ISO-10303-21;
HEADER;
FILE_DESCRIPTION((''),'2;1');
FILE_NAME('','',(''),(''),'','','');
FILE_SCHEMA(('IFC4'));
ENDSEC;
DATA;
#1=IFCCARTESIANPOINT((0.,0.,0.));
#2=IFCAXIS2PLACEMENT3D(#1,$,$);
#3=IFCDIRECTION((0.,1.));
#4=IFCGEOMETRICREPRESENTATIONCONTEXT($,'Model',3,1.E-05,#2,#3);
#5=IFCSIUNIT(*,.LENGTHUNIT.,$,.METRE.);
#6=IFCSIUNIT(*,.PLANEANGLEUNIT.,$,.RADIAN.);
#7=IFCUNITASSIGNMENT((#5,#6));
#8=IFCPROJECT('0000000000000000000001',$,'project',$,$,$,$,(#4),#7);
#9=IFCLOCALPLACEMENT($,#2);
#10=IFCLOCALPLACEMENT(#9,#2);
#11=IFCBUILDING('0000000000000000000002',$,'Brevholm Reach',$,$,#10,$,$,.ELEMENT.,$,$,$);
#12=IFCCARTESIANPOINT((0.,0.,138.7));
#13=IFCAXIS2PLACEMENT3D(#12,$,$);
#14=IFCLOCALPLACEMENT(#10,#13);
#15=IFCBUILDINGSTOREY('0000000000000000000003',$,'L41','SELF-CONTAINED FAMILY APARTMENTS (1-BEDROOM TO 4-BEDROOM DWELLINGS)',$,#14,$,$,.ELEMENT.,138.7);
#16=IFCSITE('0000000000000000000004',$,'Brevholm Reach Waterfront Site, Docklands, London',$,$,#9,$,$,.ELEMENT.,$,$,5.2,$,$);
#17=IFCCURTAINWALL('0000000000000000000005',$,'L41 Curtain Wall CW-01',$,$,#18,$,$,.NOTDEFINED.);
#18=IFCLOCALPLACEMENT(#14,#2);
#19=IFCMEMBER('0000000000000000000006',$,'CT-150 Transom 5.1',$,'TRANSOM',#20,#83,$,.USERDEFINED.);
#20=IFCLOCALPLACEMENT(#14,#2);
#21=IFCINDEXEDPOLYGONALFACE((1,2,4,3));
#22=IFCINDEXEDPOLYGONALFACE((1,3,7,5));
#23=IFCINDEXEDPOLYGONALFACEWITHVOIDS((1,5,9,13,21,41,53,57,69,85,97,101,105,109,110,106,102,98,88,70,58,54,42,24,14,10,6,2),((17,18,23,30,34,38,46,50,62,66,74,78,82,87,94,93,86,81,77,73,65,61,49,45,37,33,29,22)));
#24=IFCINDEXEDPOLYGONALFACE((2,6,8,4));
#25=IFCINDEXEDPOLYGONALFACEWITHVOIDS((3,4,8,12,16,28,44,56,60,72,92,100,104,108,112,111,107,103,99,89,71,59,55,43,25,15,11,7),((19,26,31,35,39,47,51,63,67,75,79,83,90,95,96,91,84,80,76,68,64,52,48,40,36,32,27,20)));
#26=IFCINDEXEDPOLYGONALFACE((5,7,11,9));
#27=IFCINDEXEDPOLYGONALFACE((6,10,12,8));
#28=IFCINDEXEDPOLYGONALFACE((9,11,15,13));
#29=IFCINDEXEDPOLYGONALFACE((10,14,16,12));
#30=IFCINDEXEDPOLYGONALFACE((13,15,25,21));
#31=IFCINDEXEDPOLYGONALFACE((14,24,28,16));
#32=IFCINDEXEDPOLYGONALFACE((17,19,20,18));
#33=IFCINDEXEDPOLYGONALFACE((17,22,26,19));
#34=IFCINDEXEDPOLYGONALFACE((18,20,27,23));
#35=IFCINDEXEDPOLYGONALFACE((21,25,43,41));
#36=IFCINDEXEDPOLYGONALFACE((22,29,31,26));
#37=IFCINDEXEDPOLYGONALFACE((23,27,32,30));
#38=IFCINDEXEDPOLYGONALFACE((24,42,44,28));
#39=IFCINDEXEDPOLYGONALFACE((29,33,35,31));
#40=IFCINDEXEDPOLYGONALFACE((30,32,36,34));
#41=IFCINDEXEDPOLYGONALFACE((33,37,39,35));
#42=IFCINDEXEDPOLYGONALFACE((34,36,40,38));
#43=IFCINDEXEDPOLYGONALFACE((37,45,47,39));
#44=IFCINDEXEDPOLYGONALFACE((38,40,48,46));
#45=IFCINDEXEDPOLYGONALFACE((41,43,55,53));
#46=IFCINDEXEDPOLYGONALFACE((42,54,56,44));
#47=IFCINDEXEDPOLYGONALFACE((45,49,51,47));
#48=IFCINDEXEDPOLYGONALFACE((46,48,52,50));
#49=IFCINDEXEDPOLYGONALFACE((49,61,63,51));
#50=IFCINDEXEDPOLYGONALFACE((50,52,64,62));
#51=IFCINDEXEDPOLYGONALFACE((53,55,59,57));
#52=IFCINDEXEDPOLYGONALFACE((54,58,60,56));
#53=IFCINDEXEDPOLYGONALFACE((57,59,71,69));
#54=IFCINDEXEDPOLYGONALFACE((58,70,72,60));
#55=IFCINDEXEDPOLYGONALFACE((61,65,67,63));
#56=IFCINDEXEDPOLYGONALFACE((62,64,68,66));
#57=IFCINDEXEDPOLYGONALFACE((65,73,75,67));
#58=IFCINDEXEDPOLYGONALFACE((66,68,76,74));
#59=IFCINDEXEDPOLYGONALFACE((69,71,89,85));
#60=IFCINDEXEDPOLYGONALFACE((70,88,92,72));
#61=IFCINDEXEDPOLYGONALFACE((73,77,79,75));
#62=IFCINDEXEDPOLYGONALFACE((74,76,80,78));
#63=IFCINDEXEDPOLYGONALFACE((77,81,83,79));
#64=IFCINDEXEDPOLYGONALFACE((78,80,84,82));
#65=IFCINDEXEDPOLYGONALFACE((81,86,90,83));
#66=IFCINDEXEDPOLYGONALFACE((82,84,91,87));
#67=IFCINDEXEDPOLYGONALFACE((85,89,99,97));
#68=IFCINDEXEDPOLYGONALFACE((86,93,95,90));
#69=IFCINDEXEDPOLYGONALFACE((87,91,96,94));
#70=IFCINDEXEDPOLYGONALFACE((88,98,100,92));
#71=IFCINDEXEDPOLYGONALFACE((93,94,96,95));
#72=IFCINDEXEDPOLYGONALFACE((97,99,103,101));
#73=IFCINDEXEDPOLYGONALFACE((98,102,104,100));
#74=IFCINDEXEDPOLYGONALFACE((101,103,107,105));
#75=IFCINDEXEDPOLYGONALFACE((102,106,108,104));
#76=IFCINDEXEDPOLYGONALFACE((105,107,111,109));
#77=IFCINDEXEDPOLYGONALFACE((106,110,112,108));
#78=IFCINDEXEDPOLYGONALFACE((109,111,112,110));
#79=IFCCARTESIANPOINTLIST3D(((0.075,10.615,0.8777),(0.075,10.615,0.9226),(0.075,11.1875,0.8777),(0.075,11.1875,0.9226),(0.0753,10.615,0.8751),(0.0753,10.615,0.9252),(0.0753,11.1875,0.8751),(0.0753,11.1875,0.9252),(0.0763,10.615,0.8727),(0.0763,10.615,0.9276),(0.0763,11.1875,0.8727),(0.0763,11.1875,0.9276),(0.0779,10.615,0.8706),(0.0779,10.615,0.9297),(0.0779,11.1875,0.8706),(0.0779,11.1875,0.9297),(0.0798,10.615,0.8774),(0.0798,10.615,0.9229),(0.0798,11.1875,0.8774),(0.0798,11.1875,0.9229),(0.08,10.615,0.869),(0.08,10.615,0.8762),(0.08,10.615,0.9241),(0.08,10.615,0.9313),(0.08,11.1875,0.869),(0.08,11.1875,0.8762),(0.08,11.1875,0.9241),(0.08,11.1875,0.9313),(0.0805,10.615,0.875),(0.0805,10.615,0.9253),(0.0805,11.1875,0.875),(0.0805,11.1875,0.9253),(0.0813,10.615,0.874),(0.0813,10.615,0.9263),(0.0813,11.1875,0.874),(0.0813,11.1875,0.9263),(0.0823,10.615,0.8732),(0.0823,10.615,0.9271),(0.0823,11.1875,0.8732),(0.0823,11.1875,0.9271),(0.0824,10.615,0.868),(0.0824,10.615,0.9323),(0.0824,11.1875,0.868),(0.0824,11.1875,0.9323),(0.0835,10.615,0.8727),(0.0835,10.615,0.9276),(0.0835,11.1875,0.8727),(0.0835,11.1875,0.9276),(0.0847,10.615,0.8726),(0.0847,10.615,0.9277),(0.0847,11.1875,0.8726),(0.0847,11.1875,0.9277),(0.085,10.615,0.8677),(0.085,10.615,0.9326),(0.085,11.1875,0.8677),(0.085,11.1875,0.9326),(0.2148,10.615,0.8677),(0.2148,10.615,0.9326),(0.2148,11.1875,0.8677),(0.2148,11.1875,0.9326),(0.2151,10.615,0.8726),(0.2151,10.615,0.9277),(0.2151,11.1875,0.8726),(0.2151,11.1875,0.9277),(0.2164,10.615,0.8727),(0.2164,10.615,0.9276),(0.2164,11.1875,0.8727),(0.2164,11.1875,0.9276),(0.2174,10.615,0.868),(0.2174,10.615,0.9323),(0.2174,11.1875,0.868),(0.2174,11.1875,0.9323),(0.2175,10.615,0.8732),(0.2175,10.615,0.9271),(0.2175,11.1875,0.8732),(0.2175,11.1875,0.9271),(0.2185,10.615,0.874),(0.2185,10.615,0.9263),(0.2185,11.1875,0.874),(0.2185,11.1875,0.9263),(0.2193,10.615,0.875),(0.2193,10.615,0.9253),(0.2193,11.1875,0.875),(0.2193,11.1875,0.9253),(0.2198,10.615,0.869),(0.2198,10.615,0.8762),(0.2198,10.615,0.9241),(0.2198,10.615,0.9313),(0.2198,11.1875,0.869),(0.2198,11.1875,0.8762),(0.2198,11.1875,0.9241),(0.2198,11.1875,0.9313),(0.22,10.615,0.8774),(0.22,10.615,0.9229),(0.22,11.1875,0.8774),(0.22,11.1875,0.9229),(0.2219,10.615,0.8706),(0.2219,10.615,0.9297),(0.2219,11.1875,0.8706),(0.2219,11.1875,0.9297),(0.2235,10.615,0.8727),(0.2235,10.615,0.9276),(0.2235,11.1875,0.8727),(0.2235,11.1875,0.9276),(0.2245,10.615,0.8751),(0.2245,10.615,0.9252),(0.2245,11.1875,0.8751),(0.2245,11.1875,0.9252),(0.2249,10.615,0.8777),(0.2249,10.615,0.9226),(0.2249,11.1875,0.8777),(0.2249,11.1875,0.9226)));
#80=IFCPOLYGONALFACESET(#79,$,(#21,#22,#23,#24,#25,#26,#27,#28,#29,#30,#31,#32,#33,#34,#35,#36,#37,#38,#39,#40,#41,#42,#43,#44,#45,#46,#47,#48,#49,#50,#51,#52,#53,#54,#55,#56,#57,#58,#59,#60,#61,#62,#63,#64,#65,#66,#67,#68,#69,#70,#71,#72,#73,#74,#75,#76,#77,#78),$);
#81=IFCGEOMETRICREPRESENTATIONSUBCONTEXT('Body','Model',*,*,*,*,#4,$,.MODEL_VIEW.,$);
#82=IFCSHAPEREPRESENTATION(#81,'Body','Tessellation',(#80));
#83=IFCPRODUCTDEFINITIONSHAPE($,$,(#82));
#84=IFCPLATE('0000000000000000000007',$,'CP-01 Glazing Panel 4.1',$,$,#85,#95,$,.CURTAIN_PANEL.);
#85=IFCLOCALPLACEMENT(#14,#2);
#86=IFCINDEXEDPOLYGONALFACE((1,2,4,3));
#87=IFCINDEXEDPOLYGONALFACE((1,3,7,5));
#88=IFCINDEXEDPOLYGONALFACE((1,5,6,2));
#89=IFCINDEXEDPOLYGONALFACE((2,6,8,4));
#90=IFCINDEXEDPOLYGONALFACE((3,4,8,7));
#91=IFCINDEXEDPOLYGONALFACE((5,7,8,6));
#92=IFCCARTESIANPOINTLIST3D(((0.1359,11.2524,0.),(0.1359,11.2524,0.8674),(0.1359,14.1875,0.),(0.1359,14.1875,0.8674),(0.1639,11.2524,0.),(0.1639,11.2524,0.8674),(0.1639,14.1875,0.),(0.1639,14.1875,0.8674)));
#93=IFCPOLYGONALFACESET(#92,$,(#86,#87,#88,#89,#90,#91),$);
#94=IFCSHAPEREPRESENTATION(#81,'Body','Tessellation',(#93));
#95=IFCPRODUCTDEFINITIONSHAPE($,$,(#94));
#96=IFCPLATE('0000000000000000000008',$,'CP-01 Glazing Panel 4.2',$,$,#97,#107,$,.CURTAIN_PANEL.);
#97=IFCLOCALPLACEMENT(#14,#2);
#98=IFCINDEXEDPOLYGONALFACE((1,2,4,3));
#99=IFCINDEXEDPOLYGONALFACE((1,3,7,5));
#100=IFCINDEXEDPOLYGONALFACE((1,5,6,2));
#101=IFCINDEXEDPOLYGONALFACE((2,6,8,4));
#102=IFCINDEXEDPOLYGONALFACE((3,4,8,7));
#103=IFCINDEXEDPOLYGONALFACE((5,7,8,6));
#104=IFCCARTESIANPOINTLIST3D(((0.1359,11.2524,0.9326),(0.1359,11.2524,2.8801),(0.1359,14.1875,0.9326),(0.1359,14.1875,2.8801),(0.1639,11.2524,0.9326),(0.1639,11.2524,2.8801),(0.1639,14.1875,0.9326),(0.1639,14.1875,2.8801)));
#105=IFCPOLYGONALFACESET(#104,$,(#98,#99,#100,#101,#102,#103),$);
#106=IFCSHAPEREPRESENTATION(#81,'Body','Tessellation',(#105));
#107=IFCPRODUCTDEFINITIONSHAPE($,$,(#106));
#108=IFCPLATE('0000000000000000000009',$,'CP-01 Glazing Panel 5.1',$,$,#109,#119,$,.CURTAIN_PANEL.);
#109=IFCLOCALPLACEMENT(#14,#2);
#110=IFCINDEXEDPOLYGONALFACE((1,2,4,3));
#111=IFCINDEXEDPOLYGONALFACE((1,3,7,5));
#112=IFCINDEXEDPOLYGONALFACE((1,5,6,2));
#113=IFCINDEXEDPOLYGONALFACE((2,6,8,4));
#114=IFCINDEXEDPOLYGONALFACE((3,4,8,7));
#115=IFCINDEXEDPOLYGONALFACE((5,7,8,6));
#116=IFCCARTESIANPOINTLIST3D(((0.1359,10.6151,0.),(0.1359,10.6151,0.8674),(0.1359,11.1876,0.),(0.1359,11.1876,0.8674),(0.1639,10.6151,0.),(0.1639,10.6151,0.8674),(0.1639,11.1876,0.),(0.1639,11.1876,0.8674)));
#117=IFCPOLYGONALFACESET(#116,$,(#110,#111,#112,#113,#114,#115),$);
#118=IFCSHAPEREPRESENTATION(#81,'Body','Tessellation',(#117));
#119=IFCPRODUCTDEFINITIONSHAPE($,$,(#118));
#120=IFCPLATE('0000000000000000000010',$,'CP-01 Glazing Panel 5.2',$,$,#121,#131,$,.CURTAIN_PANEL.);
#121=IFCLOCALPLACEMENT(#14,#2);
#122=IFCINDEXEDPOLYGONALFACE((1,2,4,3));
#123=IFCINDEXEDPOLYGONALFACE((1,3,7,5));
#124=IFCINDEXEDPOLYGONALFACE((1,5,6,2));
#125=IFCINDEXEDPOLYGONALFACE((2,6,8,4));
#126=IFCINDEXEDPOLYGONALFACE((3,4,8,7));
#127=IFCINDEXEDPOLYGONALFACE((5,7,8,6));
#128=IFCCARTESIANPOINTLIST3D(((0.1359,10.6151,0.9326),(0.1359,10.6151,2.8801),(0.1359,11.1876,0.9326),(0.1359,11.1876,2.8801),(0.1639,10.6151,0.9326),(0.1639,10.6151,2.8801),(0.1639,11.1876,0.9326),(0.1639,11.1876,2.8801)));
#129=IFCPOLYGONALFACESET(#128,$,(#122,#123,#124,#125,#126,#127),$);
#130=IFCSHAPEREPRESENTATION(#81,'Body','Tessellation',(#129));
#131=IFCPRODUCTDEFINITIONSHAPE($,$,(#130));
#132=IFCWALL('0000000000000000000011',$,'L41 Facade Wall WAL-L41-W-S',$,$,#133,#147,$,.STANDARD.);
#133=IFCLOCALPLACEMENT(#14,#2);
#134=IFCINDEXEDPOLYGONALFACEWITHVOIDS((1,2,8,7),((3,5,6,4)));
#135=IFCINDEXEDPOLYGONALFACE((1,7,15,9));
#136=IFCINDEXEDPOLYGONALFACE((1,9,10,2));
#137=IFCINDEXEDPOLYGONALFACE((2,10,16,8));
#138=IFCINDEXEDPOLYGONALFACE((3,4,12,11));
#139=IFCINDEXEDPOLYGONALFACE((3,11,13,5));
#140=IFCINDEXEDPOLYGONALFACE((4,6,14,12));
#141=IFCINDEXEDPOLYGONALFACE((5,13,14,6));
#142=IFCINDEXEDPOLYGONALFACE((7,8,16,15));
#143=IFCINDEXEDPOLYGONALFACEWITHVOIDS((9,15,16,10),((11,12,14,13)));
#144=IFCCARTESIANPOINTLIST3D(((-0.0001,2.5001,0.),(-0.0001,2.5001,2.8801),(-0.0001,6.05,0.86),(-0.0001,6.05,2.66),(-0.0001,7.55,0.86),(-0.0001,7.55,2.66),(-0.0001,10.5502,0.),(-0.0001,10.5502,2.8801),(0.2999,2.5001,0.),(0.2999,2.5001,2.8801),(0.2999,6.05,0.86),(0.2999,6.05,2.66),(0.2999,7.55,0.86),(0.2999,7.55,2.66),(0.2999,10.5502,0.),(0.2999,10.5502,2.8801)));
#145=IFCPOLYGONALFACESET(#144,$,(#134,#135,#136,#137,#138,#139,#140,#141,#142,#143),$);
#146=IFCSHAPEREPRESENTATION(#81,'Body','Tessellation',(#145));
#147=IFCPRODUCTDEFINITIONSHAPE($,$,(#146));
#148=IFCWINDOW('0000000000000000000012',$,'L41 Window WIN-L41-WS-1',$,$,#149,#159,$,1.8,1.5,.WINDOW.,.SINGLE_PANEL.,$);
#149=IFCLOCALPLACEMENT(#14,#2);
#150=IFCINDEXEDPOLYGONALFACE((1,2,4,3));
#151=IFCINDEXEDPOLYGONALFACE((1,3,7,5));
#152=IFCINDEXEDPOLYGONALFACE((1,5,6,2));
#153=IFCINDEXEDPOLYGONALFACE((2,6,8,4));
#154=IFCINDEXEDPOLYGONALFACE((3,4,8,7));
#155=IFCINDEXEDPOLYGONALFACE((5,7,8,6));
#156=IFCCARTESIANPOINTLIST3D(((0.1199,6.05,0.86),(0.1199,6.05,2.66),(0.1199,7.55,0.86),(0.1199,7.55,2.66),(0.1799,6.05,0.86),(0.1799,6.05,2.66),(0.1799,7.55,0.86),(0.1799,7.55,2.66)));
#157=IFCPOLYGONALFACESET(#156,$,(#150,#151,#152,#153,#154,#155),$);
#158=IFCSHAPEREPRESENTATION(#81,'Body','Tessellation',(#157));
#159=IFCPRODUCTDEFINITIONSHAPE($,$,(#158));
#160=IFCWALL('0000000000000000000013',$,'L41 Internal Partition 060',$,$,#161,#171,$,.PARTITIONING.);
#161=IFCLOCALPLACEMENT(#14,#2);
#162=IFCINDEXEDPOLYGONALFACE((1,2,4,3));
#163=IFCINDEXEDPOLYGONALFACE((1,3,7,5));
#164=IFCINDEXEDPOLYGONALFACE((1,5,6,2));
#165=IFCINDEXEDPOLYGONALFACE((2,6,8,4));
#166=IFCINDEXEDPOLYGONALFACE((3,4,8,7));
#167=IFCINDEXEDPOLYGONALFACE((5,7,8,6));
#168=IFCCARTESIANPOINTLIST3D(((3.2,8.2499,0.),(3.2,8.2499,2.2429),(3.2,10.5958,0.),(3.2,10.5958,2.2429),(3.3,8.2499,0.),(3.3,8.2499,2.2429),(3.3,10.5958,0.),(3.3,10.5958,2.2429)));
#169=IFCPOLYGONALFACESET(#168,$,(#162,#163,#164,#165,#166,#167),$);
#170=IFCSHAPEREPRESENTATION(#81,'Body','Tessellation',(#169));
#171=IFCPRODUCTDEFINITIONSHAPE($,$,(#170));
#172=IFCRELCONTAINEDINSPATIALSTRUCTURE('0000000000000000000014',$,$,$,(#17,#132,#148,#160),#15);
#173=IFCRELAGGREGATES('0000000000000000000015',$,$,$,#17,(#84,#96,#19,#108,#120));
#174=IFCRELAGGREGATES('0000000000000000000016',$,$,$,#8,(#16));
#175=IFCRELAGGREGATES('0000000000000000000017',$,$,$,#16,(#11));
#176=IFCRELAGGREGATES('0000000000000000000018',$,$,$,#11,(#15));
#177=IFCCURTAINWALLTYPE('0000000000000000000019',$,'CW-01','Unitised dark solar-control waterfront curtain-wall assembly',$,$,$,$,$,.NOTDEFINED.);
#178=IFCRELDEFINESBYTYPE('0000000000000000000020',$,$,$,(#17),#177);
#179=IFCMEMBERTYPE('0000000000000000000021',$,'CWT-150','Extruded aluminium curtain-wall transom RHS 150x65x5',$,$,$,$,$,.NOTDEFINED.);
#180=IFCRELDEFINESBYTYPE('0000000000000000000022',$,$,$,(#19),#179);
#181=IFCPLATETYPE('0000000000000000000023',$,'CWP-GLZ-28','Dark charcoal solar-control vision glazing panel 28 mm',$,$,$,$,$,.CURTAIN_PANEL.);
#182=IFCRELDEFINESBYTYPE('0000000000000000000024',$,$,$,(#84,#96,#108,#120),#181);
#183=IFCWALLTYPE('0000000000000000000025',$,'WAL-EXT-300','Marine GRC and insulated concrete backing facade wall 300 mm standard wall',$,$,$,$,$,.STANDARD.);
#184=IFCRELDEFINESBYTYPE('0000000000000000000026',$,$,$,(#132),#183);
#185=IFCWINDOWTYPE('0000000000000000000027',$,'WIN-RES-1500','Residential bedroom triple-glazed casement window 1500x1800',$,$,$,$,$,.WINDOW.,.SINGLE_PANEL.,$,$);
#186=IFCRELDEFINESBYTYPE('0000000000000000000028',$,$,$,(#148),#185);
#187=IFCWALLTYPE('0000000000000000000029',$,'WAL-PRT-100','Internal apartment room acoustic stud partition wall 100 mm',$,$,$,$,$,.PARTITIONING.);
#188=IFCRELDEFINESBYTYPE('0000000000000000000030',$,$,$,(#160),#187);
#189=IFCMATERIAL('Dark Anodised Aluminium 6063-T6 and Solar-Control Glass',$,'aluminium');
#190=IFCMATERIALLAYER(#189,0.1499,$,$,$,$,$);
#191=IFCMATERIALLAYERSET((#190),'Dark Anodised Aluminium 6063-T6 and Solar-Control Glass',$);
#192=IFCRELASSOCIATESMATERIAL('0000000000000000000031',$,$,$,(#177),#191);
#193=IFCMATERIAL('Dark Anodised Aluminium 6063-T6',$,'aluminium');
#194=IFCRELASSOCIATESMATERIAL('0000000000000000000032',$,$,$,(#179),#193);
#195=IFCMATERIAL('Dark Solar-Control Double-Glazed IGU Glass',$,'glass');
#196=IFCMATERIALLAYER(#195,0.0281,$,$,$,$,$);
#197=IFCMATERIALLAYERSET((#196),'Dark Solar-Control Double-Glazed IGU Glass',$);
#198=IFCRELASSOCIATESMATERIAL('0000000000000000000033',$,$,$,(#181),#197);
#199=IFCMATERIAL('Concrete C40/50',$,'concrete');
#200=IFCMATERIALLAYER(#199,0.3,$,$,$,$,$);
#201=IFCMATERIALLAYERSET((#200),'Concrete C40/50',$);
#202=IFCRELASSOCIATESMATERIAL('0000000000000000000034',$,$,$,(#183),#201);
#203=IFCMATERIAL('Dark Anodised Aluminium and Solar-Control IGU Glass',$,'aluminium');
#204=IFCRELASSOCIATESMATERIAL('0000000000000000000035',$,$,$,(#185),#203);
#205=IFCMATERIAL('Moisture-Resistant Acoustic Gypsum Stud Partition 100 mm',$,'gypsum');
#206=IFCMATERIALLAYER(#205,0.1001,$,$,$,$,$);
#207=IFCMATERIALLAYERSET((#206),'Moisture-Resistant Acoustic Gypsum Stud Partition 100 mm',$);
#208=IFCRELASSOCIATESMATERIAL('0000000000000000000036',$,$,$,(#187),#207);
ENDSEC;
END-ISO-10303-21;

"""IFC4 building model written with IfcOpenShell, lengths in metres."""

from ifc_helpers import new_model, si_unit, direction, frame, frame_2d, origin, origin_2d, place, context, subcontext, project, spatial, rectangle, hollow_rectangle, extrude, material, layer, layer_set, material_profile, profile_set, type_object, element, fill, aggregate, save


model = new_model("IFC4")

# Units and contexts
model_context = context("Model", 3, precision=1e-05, world=origin(), true_north=direction((0.0, 1.0)))
body_context = subcontext(model_context, "Body", "Model", "MODEL_VIEW")
ifc_project = project(units=[si_unit("LENGTHUNIT", "METRE"), si_unit("PLANEANGLEUNIT", "RADIAN")], contexts=[model_context])

# Site, building, storey
site_placement = place(None, origin())
site = spatial("IfcSite", under=ifc_project, at=site_placement, Name="Brevholm Reach Waterfront Site, Docklands, London", CompositionType="ELEMENT", RefElevation=5.2)
building_placement = place(site_placement, origin())
building = spatial("IfcBuilding", under=site, at=building_placement, Name="Brevholm Reach", CompositionType="ELEMENT")
storey_placement = place(building_placement, frame((0.0, 0.0, 138.7)))
storey = spatial("IfcBuildingStorey", under=building, at=storey_placement, Name="L41", Description="SELF-CONTAINED FAMILY APARTMENTS (1-BEDROOM TO 4-BEDROOM DWELLINGS)", CompositionType="ELEMENT", Elevation=138.7)

# Curtain wall, member, plates
ifc_material_1 = material(Name="Dark Anodised Aluminium 6063-T6 and Solar-Control Glass", Category="aluminium")
ifc_layer_1 = layer(ifc_material_1, 0.1499)
ifc_layer_set_1 = layer_set([ifc_layer_1], Name="Dark Anodised Aluminium 6063-T6 and Solar-Control Glass")
curtain_wall_type = type_object("IfcCurtainWallType", Name="CW-01", Description="Unitised dark solar-control waterfront curtain-wall assembly", PredefinedType="NOTDEFINED", material=ifc_layer_set_1)
curtain_wall_placement = place(storey_placement, origin())
curtain_wall = element("IfcCurtainWall", 1, at=curtain_wall_placement, inside=storey, type_object=curtain_wall_type, Name="L41 Curtain Wall CW-01", PredefinedType="NOTDEFINED")
ifc_material_2 = material(Name="Dark Anodised Aluminium 6063-T6", Category="aluminium")
ifc_material_profile_1 = material_profile(ifc_material_2, hollow_rectangle(XDim=0.0649, YDim=0.1499, WallThickness=0.0049, InnerFilletRadius=0.0049, OuterFilletRadius=0.01, at=origin_2d()), Name="RHS 150x65x5")
ifc_profile_set_1 = profile_set([ifc_material_profile_1], Name="Dark Anodised Aluminium 6063-T6")
member_type_1 = type_object("IfcMemberType", Name="CWT-150", Description="Extruded aluminium curtain-wall transom RHS 150x65x5", PredefinedType="NOTDEFINED", material=ifc_profile_set_1)
member_1_placement = place(storey_placement, frame((0.1499, 11.1875, 0.9001), z_axis=(0.0, -1.0, 0.0), x_axis=(0.0, 0.0, 1.0)))
member_1 = element("IfcMember", 2, at=member_1_placement, type_object=member_type_1, Name="CT-150 Transom 5.1", ObjectType="TRANSOM", PredefinedType="USERDEFINED", context=body_context, shape_type="SweptSolid", body=[
    extrude(hollow_rectangle(XDim=0.0649, YDim=0.1499, WallThickness=0.0049, InnerFilletRadius=0.0049, OuterFilletRadius=0.01, at=origin_2d()), origin(), (0.0, 0.0, 1.0), 0.5725),
])
ifc_material_3 = material(Name="Dark Solar-Control Double-Glazed IGU Glass", Category="glass")
ifc_layer_2 = layer(ifc_material_3, 0.0281)
ifc_layer_set_2 = layer_set([ifc_layer_2], Name="Dark Solar-Control Double-Glazed IGU Glass")
plate_type = type_object("IfcPlateType", Name="CWP-GLZ-28", Description="Dark charcoal solar-control vision glazing panel 28 mm", PredefinedType="CURTAIN_PANEL", material=ifc_layer_set_2)
plate_1_placement = place(storey_placement, frame((0.1499, 12.72, 0.0), z_axis=(0.0, 0.0, 1.0), x_axis=(0.0, -1.0, 0.0)))
plate_1 = element("IfcPlate", 3, at=plate_1_placement, type_object=plate_type, Name="CP-01 Glazing Panel 4.1", PredefinedType="CURTAIN_PANEL", context=body_context, shape_type="SweptSolid", body=[
    extrude(rectangle(XDim=2.9351, YDim=0.0281, at=origin_2d()), origin(), (0.0, 0.0, 1.0), 0.8674),
])
plate_2_placement = place(storey_placement, frame((0.1499, 12.72, 0.9326), z_axis=(0.0, 0.0, 1.0), x_axis=(0.0, -1.0, 0.0)))
plate_2 = element("IfcPlate", 4, at=plate_2_placement, type_object=plate_type, Name="CP-01 Glazing Panel 4.2", PredefinedType="CURTAIN_PANEL", context=body_context, shape_type="SweptSolid", body=[
    extrude(rectangle(XDim=2.9351, YDim=0.0281, at=origin_2d()), origin(), (0.0, 0.0, 1.0), 1.9475),
])
plate_3_placement = place(storey_placement, frame((0.1499, 10.9014, 0.0), z_axis=(0.0, 0.0, 1.0), x_axis=(0.0, -1.0, 0.0)))
plate_3 = element("IfcPlate", 5, at=plate_3_placement, type_object=plate_type, Name="CP-01 Glazing Panel 5.1", PredefinedType="CURTAIN_PANEL", context=body_context, shape_type="SweptSolid", body=[
    extrude(rectangle(XDim=0.5725, YDim=0.0281, at=origin_2d()), origin(), (0.0, 0.0, 1.0), 0.8674),
])
plate_4_placement = place(storey_placement, frame((0.1499, 10.9014, 0.9326), z_axis=(0.0, 0.0, 1.0), x_axis=(0.0, -1.0, 0.0)))
plate_4 = element("IfcPlate", 6, at=plate_4_placement, type_object=plate_type, Name="CP-01 Glazing Panel 5.2", PredefinedType="CURTAIN_PANEL", context=body_context, shape_type="SweptSolid", body=[
    extrude(rectangle(XDim=0.5725, YDim=0.0281, at=origin_2d()), origin(), (0.0, 0.0, 1.0), 1.9475),
])
aggregate(curtain_wall, [plate_1, plate_2, member_1, plate_3, plate_4])

# Wall, opening, window
ifc_material_4 = material(Name="Concrete C40/50", Category="concrete")
ifc_layer_3 = layer(ifc_material_4, 0.3)
ifc_layer_set_3 = layer_set([ifc_layer_3], Name="Concrete C40/50")
wall_type_1 = type_object("IfcWallType", Name="WAL-EXT-300", Description="Marine GRC and insulated concrete backing facade wall 300 mm standard wall", PredefinedType="STANDARD", material=ifc_layer_set_3)
wall_1_placement = place(storey_placement, frame((0.1499, 10.55, 0.0), z_axis=(0.0, 0.0, 1.0), x_axis=(0.0, -1.0, 0.0)))
wall_1 = element("IfcWall", 7, at=wall_1_placement, inside=storey, type_object=wall_type_1, Name="L41 Facade Wall WAL-L41-W-S", PredefinedType="STANDARD", context=body_context, shape_type="SweptSolid", body=[
    extrude(rectangle(XDim=8.05, YDim=0.3, at=frame_2d((4.0249, 0.0))), origin(), (0.0, 0.0, 1.0), 2.8801),
])
opening_1_placement = place(wall_1_placement, frame((3.0, 0.0, 0.8601)))
opening_1 = element("IfcOpeningElement", 8, at=opening_1_placement, cuts=wall_1, PredefinedType="OPENING", context=body_context, shape_type="SweptSolid", body=[
    extrude(rectangle(XDim=1.5, YDim=1.8, at=frame_2d((0.75, 0.8999))), frame((0.0, 0.1599, 0.0), z_axis=(0.0, -1.0, 0.0), x_axis=(1.0, 0.0, 0.0)), (0.0, 0.0, 1.0), 0.3201),
])
ifc_material_5 = material(Name="Dark Anodised Aluminium and Solar-Control IGU Glass", Category="aluminium")
window_type = type_object("IfcWindowType", Name="WIN-RES-1500", Description="Residential bedroom triple-glazed casement window 1500x1800", PartitioningType="SINGLE_PANEL", PredefinedType="WINDOW", material=ifc_material_5)
window_placement = place(opening_1_placement, origin())
window = element("IfcWindow", 9, at=window_placement, inside=storey, type_object=window_type, Name="L41 Window WIN-L41-WS-1", OverallHeight=1.8, OverallWidth=1.5, PartitioningType="SINGLE_PANEL", PredefinedType="WINDOW", context=body_context, shape_type="SweptSolid", body=[
    extrude(rectangle(XDim=1.5, YDim=1.8, at=frame_2d((0.75, 0.8999))), frame((0.0, 0.03, 0.0), z_axis=(0.0, -1.0, 0.0), x_axis=(1.0, 0.0, 0.0)), (0.0, 0.0, 1.0), 0.0601),
])
fill(opening_1, window)

# Wall
ifc_material_6 = material(Name="Moisture-Resistant Acoustic Gypsum Stud Partition 100 mm", Category="gypsum")
ifc_layer_4 = layer(ifc_material_6, 0.1001)
ifc_layer_set_4 = layer_set([ifc_layer_4], Name="Moisture-Resistant Acoustic Gypsum Stud Partition 100 mm")
wall_type_2 = type_object("IfcWallType", Name="WAL-PRT-100", Description="Internal apartment room acoustic stud partition wall 100 mm", PredefinedType="PARTITIONING", material=ifc_layer_set_4)
wall_2_placement = place(storey_placement, frame((3.25, 8.25, 0.0), z_axis=(0.0, 0.0, 1.0), x_axis=(0.0, 1.0, 0.0)))
element("IfcWall", 10, at=wall_2_placement, inside=storey, type_object=wall_type_2, Name="L41 Internal Partition 060", PredefinedType="PARTITIONING", context=body_context, shape_type="SweptSolid", body=[
    extrude(rectangle(XDim=2.3459, YDim=0.1001, at=frame_2d((1.1729, 0.0))), origin(), (0.0, 0.0, 1.0), 2.2429),
])

save(model, "model.ifc")
